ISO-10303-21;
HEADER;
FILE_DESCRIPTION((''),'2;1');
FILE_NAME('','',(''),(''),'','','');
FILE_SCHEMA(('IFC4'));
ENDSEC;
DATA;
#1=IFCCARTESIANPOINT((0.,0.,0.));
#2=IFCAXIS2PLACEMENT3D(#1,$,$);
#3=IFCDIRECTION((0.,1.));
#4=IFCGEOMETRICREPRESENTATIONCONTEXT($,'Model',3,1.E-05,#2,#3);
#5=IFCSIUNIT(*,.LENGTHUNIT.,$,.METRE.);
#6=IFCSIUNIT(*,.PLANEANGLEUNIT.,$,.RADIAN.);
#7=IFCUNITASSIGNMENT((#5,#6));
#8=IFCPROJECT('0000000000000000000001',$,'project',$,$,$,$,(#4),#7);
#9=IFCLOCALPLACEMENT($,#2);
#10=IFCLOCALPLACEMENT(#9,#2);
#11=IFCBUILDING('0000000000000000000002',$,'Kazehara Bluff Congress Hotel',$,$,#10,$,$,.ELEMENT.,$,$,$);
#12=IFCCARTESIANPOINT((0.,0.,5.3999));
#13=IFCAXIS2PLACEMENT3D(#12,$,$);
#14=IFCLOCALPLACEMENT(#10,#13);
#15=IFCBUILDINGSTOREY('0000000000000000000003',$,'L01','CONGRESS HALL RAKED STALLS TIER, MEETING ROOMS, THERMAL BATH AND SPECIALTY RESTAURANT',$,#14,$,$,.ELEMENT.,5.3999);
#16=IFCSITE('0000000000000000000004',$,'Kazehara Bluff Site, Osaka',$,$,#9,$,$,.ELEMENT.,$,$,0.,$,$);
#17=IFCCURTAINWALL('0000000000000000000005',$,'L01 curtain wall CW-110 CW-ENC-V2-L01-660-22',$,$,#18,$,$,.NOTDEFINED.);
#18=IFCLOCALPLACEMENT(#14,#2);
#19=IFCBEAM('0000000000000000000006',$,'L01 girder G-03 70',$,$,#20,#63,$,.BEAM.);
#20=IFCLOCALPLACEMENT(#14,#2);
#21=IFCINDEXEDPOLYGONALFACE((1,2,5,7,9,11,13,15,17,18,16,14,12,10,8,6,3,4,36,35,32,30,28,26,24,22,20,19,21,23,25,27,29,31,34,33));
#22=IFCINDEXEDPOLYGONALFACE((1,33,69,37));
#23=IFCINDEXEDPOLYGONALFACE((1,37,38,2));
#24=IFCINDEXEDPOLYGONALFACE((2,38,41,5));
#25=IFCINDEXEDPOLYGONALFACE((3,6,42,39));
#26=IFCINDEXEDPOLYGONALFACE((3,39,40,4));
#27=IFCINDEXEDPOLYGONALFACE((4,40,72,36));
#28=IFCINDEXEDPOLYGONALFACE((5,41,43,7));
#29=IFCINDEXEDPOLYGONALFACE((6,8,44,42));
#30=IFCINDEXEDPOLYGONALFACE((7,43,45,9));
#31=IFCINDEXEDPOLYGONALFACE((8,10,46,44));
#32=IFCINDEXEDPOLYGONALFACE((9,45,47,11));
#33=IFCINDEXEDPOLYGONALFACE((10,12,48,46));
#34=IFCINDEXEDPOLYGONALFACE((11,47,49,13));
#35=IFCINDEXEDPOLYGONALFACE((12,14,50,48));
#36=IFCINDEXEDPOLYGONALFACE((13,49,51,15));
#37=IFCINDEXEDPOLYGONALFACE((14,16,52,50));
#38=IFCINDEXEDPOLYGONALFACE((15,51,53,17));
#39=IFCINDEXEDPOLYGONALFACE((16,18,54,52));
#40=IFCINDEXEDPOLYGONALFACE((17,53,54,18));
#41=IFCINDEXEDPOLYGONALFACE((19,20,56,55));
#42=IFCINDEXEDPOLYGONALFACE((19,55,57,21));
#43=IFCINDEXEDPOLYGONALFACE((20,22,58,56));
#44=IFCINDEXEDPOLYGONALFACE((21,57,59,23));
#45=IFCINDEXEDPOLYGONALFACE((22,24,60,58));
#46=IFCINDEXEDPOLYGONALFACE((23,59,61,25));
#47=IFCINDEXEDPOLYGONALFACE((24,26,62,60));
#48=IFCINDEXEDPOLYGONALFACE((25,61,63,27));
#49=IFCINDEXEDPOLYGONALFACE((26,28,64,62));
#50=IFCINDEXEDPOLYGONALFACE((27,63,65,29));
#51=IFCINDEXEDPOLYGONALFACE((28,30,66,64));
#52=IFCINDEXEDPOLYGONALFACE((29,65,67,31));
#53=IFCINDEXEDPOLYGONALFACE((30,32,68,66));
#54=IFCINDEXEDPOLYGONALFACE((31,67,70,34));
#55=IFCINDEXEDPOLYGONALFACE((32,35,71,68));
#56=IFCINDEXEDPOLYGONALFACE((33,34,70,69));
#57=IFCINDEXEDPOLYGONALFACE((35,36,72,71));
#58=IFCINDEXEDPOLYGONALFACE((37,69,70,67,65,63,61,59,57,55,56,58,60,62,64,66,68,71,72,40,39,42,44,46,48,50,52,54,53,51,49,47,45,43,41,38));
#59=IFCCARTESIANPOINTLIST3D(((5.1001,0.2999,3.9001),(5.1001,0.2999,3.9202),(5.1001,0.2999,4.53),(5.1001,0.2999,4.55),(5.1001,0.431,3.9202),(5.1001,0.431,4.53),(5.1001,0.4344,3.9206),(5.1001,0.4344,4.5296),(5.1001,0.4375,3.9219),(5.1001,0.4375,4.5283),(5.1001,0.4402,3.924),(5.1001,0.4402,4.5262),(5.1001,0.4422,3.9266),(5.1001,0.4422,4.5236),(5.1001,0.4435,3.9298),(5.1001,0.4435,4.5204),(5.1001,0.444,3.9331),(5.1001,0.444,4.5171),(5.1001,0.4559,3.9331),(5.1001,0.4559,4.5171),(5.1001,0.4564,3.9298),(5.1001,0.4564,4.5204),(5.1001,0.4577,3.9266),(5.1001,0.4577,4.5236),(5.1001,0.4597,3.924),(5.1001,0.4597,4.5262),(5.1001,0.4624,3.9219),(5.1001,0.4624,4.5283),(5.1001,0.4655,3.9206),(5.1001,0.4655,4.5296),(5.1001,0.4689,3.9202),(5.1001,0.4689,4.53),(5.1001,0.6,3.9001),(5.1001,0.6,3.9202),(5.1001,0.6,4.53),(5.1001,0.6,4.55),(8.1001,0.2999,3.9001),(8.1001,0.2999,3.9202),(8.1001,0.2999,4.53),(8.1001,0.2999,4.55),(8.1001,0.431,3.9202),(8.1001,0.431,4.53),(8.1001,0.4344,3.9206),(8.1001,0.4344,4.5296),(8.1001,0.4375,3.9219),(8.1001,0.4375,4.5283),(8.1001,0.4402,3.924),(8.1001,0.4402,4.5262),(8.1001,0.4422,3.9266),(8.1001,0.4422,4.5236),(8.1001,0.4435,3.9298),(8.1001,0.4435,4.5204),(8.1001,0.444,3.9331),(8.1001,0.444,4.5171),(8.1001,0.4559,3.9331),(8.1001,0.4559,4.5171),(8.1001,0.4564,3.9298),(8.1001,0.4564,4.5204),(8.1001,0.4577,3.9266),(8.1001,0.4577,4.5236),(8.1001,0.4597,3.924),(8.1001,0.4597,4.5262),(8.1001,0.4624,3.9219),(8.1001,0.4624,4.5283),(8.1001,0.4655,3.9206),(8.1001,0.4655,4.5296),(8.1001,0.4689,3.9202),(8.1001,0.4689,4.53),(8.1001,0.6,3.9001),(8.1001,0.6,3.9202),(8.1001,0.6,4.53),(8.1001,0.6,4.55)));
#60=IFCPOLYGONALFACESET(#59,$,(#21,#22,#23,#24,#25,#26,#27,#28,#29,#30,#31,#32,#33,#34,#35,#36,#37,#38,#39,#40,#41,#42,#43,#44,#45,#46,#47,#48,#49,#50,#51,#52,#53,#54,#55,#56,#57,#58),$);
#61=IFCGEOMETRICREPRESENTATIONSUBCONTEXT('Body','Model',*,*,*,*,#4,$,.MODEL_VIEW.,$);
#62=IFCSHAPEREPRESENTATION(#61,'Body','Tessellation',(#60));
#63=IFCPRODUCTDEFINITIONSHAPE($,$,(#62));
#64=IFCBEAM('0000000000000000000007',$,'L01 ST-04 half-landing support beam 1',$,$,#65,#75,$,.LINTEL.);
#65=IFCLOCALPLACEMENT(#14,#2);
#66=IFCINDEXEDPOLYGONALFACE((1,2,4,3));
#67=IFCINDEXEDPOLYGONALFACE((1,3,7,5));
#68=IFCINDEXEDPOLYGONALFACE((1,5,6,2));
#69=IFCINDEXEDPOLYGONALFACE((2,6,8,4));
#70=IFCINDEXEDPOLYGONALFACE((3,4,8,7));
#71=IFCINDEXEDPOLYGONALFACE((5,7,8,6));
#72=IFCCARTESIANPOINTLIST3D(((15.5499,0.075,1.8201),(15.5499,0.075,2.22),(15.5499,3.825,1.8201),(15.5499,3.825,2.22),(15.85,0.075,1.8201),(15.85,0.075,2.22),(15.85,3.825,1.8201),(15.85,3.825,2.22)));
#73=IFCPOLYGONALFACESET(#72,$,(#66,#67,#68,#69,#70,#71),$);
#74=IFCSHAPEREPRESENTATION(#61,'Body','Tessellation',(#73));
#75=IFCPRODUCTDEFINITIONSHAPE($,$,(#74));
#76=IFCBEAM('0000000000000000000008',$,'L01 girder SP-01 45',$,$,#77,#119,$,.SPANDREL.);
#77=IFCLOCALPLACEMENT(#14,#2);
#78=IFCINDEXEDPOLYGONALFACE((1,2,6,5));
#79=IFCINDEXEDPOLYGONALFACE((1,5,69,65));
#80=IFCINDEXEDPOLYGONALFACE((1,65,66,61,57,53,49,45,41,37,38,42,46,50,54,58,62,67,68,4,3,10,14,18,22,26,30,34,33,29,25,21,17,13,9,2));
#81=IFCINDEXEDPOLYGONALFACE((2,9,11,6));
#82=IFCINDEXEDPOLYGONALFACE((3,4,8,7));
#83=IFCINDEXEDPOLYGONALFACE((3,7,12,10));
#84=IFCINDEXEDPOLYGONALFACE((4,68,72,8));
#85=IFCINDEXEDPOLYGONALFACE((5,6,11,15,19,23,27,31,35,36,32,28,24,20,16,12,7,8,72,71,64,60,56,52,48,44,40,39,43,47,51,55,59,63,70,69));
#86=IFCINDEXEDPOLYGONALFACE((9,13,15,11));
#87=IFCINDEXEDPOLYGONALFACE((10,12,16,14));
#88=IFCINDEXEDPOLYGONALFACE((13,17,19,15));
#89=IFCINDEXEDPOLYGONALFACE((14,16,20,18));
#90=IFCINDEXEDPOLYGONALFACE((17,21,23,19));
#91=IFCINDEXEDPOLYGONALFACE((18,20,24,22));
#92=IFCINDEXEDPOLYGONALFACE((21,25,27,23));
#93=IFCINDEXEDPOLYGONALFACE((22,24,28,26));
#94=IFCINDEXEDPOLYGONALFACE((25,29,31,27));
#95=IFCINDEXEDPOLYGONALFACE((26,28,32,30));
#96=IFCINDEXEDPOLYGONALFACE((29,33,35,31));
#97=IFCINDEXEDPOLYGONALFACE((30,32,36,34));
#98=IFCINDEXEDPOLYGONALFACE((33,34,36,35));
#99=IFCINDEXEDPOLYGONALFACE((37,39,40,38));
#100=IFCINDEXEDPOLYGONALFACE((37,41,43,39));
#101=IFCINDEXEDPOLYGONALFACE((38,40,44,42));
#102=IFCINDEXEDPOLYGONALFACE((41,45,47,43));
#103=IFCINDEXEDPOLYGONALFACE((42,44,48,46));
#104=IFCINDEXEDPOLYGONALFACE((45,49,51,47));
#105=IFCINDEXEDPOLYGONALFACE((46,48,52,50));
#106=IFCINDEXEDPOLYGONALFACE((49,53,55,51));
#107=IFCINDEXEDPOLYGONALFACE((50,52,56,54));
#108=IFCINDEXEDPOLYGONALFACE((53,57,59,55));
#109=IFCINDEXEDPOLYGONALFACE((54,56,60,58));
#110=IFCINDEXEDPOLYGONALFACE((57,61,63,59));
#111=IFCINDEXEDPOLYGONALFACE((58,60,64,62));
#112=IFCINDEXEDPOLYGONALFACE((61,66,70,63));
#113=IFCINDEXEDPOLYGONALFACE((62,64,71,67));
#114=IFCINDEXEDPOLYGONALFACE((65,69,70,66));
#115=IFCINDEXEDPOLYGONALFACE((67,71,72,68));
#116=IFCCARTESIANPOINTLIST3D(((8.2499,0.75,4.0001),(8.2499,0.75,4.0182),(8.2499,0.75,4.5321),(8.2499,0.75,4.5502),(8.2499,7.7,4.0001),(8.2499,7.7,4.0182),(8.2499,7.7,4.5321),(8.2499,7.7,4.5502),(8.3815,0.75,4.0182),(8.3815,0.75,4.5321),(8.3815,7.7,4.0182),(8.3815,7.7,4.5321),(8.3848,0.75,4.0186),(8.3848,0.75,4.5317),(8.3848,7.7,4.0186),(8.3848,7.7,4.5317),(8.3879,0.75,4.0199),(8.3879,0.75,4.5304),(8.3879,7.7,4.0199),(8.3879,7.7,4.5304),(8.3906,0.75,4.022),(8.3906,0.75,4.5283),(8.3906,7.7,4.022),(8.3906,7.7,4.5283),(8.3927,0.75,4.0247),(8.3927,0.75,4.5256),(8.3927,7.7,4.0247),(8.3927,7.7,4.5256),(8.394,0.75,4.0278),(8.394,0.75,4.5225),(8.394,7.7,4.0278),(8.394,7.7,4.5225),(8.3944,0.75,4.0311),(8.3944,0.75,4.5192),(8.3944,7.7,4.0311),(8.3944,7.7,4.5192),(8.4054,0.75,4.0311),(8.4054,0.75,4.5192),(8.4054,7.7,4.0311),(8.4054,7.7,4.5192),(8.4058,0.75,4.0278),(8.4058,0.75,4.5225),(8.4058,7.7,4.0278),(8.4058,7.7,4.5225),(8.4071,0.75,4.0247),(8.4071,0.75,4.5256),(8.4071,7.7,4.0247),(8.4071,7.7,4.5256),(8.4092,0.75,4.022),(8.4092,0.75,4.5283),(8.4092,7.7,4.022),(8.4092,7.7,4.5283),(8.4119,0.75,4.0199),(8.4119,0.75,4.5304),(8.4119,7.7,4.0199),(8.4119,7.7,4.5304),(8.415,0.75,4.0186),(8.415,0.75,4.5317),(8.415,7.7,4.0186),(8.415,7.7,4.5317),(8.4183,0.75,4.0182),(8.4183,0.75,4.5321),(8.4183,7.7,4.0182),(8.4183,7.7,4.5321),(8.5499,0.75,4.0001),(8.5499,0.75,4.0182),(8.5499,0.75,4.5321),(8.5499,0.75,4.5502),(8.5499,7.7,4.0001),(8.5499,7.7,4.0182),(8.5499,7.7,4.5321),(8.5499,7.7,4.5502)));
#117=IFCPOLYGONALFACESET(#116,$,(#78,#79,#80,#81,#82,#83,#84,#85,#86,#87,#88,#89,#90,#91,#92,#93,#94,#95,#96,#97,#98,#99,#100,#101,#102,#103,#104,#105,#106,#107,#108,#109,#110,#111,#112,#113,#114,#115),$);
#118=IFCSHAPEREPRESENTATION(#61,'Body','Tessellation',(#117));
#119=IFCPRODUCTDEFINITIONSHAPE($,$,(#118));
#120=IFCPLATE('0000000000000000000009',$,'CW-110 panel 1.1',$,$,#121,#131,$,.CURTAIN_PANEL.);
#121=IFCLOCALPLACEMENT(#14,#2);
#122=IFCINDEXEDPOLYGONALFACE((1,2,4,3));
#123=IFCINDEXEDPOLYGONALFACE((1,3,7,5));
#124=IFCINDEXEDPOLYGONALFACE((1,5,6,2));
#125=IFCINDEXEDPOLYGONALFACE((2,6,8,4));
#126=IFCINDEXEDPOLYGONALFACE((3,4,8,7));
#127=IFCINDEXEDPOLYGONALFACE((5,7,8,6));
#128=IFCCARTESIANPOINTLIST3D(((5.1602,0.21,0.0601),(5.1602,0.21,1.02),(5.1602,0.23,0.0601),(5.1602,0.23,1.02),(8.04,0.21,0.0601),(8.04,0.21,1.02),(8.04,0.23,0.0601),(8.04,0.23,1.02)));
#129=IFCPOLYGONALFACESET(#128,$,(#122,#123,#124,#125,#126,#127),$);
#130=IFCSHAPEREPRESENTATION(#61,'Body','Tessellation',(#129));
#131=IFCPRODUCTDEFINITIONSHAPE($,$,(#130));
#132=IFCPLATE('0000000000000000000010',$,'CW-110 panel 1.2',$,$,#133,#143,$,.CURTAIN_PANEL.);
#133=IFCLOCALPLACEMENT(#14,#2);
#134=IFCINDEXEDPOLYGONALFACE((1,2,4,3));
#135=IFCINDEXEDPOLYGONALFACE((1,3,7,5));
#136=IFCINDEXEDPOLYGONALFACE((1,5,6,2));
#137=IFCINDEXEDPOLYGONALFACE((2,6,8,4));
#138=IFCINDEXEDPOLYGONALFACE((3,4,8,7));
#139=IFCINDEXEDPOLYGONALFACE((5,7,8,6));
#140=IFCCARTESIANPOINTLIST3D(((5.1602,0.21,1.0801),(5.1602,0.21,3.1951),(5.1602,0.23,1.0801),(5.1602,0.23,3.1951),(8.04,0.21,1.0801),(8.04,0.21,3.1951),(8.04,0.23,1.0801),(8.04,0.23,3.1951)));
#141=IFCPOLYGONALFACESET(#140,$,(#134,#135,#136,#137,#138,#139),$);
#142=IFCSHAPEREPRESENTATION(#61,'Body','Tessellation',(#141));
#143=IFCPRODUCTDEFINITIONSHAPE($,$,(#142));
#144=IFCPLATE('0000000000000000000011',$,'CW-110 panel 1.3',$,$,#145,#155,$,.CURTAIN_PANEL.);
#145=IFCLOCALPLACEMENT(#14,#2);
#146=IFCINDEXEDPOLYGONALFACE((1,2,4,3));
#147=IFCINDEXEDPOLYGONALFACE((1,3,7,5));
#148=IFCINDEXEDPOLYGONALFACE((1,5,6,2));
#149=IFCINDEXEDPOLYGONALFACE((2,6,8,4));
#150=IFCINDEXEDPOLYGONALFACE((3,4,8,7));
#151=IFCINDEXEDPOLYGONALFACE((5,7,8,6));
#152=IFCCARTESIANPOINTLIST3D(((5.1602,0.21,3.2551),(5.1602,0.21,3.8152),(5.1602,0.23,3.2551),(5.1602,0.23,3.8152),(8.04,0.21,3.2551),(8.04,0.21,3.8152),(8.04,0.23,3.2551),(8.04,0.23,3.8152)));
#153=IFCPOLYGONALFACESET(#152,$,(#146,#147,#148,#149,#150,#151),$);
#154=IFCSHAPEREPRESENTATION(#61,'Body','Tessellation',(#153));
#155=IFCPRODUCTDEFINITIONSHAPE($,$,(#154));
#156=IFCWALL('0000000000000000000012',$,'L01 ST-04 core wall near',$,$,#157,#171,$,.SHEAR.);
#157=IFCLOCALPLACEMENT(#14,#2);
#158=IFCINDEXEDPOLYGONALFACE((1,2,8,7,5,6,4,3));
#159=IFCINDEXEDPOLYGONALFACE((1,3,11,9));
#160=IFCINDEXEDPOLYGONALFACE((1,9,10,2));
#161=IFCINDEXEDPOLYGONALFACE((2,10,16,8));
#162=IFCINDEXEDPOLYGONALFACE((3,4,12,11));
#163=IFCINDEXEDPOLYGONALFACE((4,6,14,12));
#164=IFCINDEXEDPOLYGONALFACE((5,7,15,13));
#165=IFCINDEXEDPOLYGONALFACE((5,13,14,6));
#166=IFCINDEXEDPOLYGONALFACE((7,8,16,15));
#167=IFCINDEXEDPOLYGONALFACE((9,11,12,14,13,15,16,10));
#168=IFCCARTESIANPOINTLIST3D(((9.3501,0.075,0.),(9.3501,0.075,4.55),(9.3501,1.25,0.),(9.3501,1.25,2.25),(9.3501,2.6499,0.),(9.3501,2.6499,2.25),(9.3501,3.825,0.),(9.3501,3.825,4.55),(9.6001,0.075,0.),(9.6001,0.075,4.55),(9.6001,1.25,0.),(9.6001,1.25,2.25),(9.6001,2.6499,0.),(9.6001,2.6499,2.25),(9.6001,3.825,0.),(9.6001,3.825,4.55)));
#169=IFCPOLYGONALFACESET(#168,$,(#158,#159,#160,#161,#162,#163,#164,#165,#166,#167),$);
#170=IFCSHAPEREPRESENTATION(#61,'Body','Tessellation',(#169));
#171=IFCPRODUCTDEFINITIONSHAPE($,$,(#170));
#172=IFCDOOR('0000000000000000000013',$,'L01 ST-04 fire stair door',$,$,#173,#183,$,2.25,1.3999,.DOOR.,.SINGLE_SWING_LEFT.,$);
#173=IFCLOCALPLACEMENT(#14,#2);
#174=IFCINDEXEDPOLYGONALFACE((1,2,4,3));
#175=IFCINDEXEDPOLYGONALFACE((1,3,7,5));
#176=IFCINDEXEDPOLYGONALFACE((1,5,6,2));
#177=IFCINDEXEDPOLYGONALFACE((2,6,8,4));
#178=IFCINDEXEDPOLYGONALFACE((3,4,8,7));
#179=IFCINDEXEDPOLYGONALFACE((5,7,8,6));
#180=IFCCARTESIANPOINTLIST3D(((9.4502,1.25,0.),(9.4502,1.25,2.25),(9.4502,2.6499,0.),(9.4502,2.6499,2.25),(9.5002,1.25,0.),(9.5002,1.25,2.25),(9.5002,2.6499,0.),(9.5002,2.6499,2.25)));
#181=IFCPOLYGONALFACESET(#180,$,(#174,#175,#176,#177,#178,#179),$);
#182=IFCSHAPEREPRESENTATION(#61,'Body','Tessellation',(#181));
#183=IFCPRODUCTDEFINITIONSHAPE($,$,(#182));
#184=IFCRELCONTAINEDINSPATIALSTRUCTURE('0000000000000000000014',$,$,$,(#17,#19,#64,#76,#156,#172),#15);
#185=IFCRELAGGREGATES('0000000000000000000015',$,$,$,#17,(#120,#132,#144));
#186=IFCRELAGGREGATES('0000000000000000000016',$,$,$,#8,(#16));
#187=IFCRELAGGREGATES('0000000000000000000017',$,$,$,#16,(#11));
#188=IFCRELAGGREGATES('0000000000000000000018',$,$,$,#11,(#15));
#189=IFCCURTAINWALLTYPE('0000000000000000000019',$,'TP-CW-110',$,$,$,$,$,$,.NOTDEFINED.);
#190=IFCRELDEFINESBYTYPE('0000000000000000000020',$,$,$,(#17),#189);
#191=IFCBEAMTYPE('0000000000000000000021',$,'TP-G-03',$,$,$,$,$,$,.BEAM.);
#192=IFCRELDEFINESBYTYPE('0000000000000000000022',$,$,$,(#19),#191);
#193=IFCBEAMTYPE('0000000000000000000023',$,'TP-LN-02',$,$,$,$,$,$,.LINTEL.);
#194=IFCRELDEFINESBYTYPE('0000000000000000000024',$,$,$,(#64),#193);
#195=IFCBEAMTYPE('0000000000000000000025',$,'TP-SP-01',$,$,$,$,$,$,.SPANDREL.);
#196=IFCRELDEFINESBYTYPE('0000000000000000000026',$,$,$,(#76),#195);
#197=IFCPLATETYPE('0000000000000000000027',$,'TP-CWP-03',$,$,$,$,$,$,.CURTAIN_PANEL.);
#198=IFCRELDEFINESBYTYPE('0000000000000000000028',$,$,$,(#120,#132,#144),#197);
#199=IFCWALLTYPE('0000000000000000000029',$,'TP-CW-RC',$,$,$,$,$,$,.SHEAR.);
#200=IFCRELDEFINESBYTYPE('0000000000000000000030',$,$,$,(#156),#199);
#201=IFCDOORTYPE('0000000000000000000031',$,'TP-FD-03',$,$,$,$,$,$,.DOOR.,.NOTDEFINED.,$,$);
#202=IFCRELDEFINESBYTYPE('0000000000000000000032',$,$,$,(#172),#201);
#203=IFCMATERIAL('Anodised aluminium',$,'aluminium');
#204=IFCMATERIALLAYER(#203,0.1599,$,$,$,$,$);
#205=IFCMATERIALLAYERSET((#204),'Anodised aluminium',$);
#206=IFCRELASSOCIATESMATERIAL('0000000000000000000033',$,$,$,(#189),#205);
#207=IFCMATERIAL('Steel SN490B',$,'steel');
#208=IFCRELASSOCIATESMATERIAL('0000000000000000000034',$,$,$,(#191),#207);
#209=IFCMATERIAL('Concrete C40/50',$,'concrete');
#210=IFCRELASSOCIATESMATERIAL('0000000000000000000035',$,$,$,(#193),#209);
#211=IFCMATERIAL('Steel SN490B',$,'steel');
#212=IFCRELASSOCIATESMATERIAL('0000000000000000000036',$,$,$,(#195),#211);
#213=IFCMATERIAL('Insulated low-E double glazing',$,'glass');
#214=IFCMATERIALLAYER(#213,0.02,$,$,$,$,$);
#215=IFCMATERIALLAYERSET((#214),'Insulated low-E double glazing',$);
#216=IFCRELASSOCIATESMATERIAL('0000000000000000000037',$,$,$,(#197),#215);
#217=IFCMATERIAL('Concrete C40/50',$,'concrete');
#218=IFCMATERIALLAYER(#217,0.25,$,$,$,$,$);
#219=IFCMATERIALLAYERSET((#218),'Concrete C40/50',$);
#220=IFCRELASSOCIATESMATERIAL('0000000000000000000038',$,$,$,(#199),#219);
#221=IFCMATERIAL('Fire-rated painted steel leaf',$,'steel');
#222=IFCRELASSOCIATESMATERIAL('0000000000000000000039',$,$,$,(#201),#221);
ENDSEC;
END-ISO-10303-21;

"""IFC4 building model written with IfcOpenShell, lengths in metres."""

from ifc_helpers import new_model, si_unit, direction, frame, frame_2d, origin, origin_2d, place, context, subcontext, project, spatial, rectangle, i_section, extrude, material, layer, layer_set, material_profile, profile_set, type_object, element, fill, aggregate, save


model = new_model("IFC4")

# Units and contexts
model_context = context("Model", 3, precision=1e-05, world=origin(), true_north=direction((0.0, 1.0)))
body_context = subcontext(model_context, "Body", "Model", "MODEL_VIEW")
ifc_project = project(units=[si_unit("LENGTHUNIT", "METRE"), si_unit("PLANEANGLEUNIT", "RADIAN")], contexts=[model_context])

# Site, building, storey
site_placement = place(None, origin())
site = spatial("IfcSite", under=ifc_project, at=site_placement, Name="Kazehara Bluff Site, Osaka", CompositionType="ELEMENT", RefElevation=0.0)
building_placement = place(site_placement, origin())
building = spatial("IfcBuilding", under=site, at=building_placement, Name="Kazehara Bluff Congress Hotel", CompositionType="ELEMENT")
storey_placement = place(building_placement, frame((0.0, 0.0, 5.3999)))
storey = spatial("IfcBuildingStorey", under=building, at=storey_placement, Name="L01", Description="CONGRESS HALL RAKED STALLS TIER, MEETING ROOMS, THERMAL BATH AND SPECIALTY RESTAURANT", CompositionType="ELEMENT", Elevation=5.3999)

# Curtain wall
ifc_material_1 = material(Name="Anodised aluminium", Category="aluminium")
ifc_layer_1 = layer(ifc_material_1, 0.1599)
ifc_layer_set_1 = layer_set([ifc_layer_1], Name="Anodised aluminium")
curtain_wall_type = type_object("IfcCurtainWallType", Name="TP-CW-110", PredefinedType="NOTDEFINED", material=ifc_layer_set_1)
curtain_wall_placement = place(storey_placement, origin())
curtain_wall = element("IfcCurtainWall", 1, at=curtain_wall_placement, inside=storey, type_object=curtain_wall_type, Name="L01 curtain wall CW-110 CW-ENC-V2-L01-660-22", PredefinedType="NOTDEFINED")

# Beams
ifc_material_2 = material(Name="Steel SN490B", Category="steel")
ifc_material_profile_1 = material_profile(ifc_material_2, i_section(OverallWidth=0.3, OverallDepth=0.6499, WebThickness=0.012, FlangeThickness=0.02, FilletRadius=0.0129, at=origin_2d()))
ifc_profile_set_1 = profile_set([ifc_material_profile_1], Name="Steel SN490B")
beam_type_1 = type_object("IfcBeamType", Name="TP-G-03", PredefinedType="BEAM", material=ifc_profile_set_1)
beam_1_placement = place(storey_placement, frame((5.1001, 0.45, 4.2251), z_axis=(1.0, 0.0, 0.0), x_axis=(0.0, 1.0, 0.0)))
element("IfcBeam", 2, at=beam_1_placement, inside=storey, type_object=beam_type_1, Name="L01 girder G-03 70", PredefinedType="BEAM", context=body_context, shape_type="SweptSolid", body=[
    extrude(i_section(OverallWidth=0.3, OverallDepth=0.6499, WebThickness=0.012, FlangeThickness=0.02, FilletRadius=0.0129, at=origin_2d()), origin(), (0.0, 0.0, 1.0), 3.0),
])
ifc_material_3 = material(Name="Concrete C40/50", Category="concrete")
ifc_material_profile_2 = material_profile(ifc_material_3, rectangle(XDim=0.3, YDim=0.3999, at=origin_2d()))
ifc_profile_set_2 = profile_set([ifc_material_profile_2], Name="Concrete C40/50")
beam_type_2 = type_object("IfcBeamType", Name="TP-LN-02", PredefinedType="LINTEL", material=ifc_profile_set_2)
beam_2_placement = place(storey_placement, frame((15.7, 0.075, 2.02), z_axis=(0.0, 1.0, 0.0), x_axis=(-1.0, 0.0, 0.0)))
element("IfcBeam", 3, at=beam_2_placement, inside=storey, type_object=beam_type_2, Name="L01 ST-04 half-landing support beam 1", PredefinedType="LINTEL", context=body_context, shape_type="SweptSolid", body=[
    extrude(rectangle(XDim=0.3, YDim=0.3999, at=origin_2d()), origin(), (0.0, 0.0, 1.0), 3.75),
])
ifc_material_4 = material(Name="Steel SN490B", Category="steel")
ifc_material_profile_3 = material_profile(ifc_material_4, i_section(OverallWidth=0.3, OverallDepth=0.55, WebThickness=0.011, FlangeThickness=0.0181, FilletRadius=0.0129, at=origin_2d()))
ifc_profile_set_3 = profile_set([ifc_material_profile_3], Name="Steel SN490B")
beam_type_3 = type_object("IfcBeamType", Name="TP-SP-01", PredefinedType="SPANDREL", material=ifc_profile_set_3)
beam_3_placement = place(storey_placement, frame((8.3999, 0.75, 4.2751), z_axis=(0.0, 1.0, 0.0), x_axis=(-1.0, 0.0, 0.0)))
element("IfcBeam", 4, at=beam_3_placement, inside=storey, type_object=beam_type_3, Name="L01 girder SP-01 45", PredefinedType="SPANDREL", context=body_context, shape_type="SweptSolid", body=[
    extrude(i_section(OverallWidth=0.3, OverallDepth=0.55, WebThickness=0.011, FlangeThickness=0.0181, FilletRadius=0.0129, at=origin_2d()), origin(), (0.0, 0.0, 1.0), 6.95),
])

# Plates
ifc_material_5 = material(Name="Insulated low-E double glazing", Category="glass")
ifc_layer_2 = layer(ifc_material_5, 0.02)
ifc_layer_set_2 = layer_set([ifc_layer_2], Name="Insulated low-E double glazing")
plate_type = type_object("IfcPlateType", Name="TP-CWP-03", PredefinedType="CURTAIN_PANEL", material=ifc_layer_set_2)
plate_1_placement = place(storey_placement, frame((6.6001, 0.22, 0.0601), z_axis=(0.0, 0.0, 1.0), x_axis=(-1.0, 0.0, 0.0)))
plate_1 = element("IfcPlate", 5, at=plate_1_placement, type_object=plate_type, Name="CW-110 panel 1.1", PredefinedType="CURTAIN_PANEL", context=body_context, shape_type="SweptSolid", body=[
    extrude(rectangle(XDim=2.8799, YDim=0.02, at=origin_2d()), origin(), (0.0, 0.0, 1.0), 0.96),
])
plate_2_placement = place(storey_placement, frame((6.6001, 0.22, 1.0801), z_axis=(0.0, 0.0, 1.0), x_axis=(-1.0, 0.0, 0.0)))
plate_2 = element("IfcPlate", 6, at=plate_2_placement, type_object=plate_type, Name="CW-110 panel 1.2", PredefinedType="CURTAIN_PANEL", context=body_context, shape_type="SweptSolid", body=[
    extrude(rectangle(XDim=2.8799, YDim=0.02, at=origin_2d()), origin(), (0.0, 0.0, 1.0), 2.115),
])
plate_3_placement = place(storey_placement, frame((6.6001, 0.22, 3.2551), z_axis=(0.0, 0.0, 1.0), x_axis=(-1.0, 0.0, 0.0)))
plate_3 = element("IfcPlate", 7, at=plate_3_placement, type_object=plate_type, Name="CW-110 panel 1.3", PredefinedType="CURTAIN_PANEL", context=body_context, shape_type="SweptSolid", body=[
    extrude(rectangle(XDim=2.8799, YDim=0.02, at=origin_2d()), origin(), (0.0, 0.0, 1.0), 0.5601),
])
aggregate(curtain_wall, [plate_1, plate_2, plate_3])

# Wall, opening, door
ifc_material_6 = material(Name="Concrete C40/50", Category="concrete")
ifc_layer_3 = layer(ifc_material_6, 0.25)
ifc_layer_set_3 = layer_set([ifc_layer_3], Name="Concrete C40/50")
wall_type_1 = type_object("IfcWallType", Name="TP-CW-RC", PredefinedType="SHEAR", material=ifc_layer_set_3)
wall_1_placement = place(storey_placement, frame((9.4751, 0.075, 0.0), z_axis=(0.0, 0.0, 1.0), x_axis=(0.0, 1.0, 0.0)))
wall_1 = element("IfcWall", 8, at=wall_1_placement, inside=storey, type_object=wall_type_1, Name="L01 ST-04 core wall near", PredefinedType="SHEAR", context=body_context, shape_type="SweptSolid", body=[
    extrude(rectangle(XDim=3.75, YDim=0.25, at=frame_2d((1.875, 0.0))), origin(), (0.0, 0.0, 1.0), 4.55),
])
opening_placement = place(wall_1_placement, frame((1.175, 0.0, 0.0)))
opening = element("IfcOpeningElement", 9, at=opening_placement, cuts=wall_1, PredefinedType="OPENING", context=body_context, shape_type="SweptSolid", body=[
    extrude(rectangle(XDim=1.3999, YDim=2.25, at=frame_2d((0.7, 1.125))), frame((0.0, 0.135, 0.0), z_axis=(0.0, -1.0, 0.0), x_axis=(1.0, 0.0, 0.0)), (0.0, 0.0, 1.0), 0.27),
])
ifc_material_7 = material(Name="Fire-rated painted steel leaf", Category="steel")
door_type = type_object("IfcDoorType", Name="TP-FD-03", OperationType="NOTDEFINED", PredefinedType="DOOR", material=ifc_material_7)
door_placement = place(opening_placement, origin())
door = element("IfcDoor", 10, at=door_placement, inside=storey, type_object=door_type, Name="L01 ST-04 fire stair door", OperationType="SINGLE_SWING_LEFT", OverallHeight=2.25, OverallWidth=1.3999, PredefinedType="DOOR", context=body_context, shape_type="SweptSolid", body=[
    extrude(rectangle(XDim=1.3999, YDim=2.25, at=frame_2d((0.7, 1.125))), frame((0.0, 0.0249, 0.0), z_axis=(0.0, -1.0, 0.0), x_axis=(1.0, 0.0, 0.0)), (0.0, 0.0, 1.0), 0.05),
])
fill(opening, door)

save(model, "model.ifc")
